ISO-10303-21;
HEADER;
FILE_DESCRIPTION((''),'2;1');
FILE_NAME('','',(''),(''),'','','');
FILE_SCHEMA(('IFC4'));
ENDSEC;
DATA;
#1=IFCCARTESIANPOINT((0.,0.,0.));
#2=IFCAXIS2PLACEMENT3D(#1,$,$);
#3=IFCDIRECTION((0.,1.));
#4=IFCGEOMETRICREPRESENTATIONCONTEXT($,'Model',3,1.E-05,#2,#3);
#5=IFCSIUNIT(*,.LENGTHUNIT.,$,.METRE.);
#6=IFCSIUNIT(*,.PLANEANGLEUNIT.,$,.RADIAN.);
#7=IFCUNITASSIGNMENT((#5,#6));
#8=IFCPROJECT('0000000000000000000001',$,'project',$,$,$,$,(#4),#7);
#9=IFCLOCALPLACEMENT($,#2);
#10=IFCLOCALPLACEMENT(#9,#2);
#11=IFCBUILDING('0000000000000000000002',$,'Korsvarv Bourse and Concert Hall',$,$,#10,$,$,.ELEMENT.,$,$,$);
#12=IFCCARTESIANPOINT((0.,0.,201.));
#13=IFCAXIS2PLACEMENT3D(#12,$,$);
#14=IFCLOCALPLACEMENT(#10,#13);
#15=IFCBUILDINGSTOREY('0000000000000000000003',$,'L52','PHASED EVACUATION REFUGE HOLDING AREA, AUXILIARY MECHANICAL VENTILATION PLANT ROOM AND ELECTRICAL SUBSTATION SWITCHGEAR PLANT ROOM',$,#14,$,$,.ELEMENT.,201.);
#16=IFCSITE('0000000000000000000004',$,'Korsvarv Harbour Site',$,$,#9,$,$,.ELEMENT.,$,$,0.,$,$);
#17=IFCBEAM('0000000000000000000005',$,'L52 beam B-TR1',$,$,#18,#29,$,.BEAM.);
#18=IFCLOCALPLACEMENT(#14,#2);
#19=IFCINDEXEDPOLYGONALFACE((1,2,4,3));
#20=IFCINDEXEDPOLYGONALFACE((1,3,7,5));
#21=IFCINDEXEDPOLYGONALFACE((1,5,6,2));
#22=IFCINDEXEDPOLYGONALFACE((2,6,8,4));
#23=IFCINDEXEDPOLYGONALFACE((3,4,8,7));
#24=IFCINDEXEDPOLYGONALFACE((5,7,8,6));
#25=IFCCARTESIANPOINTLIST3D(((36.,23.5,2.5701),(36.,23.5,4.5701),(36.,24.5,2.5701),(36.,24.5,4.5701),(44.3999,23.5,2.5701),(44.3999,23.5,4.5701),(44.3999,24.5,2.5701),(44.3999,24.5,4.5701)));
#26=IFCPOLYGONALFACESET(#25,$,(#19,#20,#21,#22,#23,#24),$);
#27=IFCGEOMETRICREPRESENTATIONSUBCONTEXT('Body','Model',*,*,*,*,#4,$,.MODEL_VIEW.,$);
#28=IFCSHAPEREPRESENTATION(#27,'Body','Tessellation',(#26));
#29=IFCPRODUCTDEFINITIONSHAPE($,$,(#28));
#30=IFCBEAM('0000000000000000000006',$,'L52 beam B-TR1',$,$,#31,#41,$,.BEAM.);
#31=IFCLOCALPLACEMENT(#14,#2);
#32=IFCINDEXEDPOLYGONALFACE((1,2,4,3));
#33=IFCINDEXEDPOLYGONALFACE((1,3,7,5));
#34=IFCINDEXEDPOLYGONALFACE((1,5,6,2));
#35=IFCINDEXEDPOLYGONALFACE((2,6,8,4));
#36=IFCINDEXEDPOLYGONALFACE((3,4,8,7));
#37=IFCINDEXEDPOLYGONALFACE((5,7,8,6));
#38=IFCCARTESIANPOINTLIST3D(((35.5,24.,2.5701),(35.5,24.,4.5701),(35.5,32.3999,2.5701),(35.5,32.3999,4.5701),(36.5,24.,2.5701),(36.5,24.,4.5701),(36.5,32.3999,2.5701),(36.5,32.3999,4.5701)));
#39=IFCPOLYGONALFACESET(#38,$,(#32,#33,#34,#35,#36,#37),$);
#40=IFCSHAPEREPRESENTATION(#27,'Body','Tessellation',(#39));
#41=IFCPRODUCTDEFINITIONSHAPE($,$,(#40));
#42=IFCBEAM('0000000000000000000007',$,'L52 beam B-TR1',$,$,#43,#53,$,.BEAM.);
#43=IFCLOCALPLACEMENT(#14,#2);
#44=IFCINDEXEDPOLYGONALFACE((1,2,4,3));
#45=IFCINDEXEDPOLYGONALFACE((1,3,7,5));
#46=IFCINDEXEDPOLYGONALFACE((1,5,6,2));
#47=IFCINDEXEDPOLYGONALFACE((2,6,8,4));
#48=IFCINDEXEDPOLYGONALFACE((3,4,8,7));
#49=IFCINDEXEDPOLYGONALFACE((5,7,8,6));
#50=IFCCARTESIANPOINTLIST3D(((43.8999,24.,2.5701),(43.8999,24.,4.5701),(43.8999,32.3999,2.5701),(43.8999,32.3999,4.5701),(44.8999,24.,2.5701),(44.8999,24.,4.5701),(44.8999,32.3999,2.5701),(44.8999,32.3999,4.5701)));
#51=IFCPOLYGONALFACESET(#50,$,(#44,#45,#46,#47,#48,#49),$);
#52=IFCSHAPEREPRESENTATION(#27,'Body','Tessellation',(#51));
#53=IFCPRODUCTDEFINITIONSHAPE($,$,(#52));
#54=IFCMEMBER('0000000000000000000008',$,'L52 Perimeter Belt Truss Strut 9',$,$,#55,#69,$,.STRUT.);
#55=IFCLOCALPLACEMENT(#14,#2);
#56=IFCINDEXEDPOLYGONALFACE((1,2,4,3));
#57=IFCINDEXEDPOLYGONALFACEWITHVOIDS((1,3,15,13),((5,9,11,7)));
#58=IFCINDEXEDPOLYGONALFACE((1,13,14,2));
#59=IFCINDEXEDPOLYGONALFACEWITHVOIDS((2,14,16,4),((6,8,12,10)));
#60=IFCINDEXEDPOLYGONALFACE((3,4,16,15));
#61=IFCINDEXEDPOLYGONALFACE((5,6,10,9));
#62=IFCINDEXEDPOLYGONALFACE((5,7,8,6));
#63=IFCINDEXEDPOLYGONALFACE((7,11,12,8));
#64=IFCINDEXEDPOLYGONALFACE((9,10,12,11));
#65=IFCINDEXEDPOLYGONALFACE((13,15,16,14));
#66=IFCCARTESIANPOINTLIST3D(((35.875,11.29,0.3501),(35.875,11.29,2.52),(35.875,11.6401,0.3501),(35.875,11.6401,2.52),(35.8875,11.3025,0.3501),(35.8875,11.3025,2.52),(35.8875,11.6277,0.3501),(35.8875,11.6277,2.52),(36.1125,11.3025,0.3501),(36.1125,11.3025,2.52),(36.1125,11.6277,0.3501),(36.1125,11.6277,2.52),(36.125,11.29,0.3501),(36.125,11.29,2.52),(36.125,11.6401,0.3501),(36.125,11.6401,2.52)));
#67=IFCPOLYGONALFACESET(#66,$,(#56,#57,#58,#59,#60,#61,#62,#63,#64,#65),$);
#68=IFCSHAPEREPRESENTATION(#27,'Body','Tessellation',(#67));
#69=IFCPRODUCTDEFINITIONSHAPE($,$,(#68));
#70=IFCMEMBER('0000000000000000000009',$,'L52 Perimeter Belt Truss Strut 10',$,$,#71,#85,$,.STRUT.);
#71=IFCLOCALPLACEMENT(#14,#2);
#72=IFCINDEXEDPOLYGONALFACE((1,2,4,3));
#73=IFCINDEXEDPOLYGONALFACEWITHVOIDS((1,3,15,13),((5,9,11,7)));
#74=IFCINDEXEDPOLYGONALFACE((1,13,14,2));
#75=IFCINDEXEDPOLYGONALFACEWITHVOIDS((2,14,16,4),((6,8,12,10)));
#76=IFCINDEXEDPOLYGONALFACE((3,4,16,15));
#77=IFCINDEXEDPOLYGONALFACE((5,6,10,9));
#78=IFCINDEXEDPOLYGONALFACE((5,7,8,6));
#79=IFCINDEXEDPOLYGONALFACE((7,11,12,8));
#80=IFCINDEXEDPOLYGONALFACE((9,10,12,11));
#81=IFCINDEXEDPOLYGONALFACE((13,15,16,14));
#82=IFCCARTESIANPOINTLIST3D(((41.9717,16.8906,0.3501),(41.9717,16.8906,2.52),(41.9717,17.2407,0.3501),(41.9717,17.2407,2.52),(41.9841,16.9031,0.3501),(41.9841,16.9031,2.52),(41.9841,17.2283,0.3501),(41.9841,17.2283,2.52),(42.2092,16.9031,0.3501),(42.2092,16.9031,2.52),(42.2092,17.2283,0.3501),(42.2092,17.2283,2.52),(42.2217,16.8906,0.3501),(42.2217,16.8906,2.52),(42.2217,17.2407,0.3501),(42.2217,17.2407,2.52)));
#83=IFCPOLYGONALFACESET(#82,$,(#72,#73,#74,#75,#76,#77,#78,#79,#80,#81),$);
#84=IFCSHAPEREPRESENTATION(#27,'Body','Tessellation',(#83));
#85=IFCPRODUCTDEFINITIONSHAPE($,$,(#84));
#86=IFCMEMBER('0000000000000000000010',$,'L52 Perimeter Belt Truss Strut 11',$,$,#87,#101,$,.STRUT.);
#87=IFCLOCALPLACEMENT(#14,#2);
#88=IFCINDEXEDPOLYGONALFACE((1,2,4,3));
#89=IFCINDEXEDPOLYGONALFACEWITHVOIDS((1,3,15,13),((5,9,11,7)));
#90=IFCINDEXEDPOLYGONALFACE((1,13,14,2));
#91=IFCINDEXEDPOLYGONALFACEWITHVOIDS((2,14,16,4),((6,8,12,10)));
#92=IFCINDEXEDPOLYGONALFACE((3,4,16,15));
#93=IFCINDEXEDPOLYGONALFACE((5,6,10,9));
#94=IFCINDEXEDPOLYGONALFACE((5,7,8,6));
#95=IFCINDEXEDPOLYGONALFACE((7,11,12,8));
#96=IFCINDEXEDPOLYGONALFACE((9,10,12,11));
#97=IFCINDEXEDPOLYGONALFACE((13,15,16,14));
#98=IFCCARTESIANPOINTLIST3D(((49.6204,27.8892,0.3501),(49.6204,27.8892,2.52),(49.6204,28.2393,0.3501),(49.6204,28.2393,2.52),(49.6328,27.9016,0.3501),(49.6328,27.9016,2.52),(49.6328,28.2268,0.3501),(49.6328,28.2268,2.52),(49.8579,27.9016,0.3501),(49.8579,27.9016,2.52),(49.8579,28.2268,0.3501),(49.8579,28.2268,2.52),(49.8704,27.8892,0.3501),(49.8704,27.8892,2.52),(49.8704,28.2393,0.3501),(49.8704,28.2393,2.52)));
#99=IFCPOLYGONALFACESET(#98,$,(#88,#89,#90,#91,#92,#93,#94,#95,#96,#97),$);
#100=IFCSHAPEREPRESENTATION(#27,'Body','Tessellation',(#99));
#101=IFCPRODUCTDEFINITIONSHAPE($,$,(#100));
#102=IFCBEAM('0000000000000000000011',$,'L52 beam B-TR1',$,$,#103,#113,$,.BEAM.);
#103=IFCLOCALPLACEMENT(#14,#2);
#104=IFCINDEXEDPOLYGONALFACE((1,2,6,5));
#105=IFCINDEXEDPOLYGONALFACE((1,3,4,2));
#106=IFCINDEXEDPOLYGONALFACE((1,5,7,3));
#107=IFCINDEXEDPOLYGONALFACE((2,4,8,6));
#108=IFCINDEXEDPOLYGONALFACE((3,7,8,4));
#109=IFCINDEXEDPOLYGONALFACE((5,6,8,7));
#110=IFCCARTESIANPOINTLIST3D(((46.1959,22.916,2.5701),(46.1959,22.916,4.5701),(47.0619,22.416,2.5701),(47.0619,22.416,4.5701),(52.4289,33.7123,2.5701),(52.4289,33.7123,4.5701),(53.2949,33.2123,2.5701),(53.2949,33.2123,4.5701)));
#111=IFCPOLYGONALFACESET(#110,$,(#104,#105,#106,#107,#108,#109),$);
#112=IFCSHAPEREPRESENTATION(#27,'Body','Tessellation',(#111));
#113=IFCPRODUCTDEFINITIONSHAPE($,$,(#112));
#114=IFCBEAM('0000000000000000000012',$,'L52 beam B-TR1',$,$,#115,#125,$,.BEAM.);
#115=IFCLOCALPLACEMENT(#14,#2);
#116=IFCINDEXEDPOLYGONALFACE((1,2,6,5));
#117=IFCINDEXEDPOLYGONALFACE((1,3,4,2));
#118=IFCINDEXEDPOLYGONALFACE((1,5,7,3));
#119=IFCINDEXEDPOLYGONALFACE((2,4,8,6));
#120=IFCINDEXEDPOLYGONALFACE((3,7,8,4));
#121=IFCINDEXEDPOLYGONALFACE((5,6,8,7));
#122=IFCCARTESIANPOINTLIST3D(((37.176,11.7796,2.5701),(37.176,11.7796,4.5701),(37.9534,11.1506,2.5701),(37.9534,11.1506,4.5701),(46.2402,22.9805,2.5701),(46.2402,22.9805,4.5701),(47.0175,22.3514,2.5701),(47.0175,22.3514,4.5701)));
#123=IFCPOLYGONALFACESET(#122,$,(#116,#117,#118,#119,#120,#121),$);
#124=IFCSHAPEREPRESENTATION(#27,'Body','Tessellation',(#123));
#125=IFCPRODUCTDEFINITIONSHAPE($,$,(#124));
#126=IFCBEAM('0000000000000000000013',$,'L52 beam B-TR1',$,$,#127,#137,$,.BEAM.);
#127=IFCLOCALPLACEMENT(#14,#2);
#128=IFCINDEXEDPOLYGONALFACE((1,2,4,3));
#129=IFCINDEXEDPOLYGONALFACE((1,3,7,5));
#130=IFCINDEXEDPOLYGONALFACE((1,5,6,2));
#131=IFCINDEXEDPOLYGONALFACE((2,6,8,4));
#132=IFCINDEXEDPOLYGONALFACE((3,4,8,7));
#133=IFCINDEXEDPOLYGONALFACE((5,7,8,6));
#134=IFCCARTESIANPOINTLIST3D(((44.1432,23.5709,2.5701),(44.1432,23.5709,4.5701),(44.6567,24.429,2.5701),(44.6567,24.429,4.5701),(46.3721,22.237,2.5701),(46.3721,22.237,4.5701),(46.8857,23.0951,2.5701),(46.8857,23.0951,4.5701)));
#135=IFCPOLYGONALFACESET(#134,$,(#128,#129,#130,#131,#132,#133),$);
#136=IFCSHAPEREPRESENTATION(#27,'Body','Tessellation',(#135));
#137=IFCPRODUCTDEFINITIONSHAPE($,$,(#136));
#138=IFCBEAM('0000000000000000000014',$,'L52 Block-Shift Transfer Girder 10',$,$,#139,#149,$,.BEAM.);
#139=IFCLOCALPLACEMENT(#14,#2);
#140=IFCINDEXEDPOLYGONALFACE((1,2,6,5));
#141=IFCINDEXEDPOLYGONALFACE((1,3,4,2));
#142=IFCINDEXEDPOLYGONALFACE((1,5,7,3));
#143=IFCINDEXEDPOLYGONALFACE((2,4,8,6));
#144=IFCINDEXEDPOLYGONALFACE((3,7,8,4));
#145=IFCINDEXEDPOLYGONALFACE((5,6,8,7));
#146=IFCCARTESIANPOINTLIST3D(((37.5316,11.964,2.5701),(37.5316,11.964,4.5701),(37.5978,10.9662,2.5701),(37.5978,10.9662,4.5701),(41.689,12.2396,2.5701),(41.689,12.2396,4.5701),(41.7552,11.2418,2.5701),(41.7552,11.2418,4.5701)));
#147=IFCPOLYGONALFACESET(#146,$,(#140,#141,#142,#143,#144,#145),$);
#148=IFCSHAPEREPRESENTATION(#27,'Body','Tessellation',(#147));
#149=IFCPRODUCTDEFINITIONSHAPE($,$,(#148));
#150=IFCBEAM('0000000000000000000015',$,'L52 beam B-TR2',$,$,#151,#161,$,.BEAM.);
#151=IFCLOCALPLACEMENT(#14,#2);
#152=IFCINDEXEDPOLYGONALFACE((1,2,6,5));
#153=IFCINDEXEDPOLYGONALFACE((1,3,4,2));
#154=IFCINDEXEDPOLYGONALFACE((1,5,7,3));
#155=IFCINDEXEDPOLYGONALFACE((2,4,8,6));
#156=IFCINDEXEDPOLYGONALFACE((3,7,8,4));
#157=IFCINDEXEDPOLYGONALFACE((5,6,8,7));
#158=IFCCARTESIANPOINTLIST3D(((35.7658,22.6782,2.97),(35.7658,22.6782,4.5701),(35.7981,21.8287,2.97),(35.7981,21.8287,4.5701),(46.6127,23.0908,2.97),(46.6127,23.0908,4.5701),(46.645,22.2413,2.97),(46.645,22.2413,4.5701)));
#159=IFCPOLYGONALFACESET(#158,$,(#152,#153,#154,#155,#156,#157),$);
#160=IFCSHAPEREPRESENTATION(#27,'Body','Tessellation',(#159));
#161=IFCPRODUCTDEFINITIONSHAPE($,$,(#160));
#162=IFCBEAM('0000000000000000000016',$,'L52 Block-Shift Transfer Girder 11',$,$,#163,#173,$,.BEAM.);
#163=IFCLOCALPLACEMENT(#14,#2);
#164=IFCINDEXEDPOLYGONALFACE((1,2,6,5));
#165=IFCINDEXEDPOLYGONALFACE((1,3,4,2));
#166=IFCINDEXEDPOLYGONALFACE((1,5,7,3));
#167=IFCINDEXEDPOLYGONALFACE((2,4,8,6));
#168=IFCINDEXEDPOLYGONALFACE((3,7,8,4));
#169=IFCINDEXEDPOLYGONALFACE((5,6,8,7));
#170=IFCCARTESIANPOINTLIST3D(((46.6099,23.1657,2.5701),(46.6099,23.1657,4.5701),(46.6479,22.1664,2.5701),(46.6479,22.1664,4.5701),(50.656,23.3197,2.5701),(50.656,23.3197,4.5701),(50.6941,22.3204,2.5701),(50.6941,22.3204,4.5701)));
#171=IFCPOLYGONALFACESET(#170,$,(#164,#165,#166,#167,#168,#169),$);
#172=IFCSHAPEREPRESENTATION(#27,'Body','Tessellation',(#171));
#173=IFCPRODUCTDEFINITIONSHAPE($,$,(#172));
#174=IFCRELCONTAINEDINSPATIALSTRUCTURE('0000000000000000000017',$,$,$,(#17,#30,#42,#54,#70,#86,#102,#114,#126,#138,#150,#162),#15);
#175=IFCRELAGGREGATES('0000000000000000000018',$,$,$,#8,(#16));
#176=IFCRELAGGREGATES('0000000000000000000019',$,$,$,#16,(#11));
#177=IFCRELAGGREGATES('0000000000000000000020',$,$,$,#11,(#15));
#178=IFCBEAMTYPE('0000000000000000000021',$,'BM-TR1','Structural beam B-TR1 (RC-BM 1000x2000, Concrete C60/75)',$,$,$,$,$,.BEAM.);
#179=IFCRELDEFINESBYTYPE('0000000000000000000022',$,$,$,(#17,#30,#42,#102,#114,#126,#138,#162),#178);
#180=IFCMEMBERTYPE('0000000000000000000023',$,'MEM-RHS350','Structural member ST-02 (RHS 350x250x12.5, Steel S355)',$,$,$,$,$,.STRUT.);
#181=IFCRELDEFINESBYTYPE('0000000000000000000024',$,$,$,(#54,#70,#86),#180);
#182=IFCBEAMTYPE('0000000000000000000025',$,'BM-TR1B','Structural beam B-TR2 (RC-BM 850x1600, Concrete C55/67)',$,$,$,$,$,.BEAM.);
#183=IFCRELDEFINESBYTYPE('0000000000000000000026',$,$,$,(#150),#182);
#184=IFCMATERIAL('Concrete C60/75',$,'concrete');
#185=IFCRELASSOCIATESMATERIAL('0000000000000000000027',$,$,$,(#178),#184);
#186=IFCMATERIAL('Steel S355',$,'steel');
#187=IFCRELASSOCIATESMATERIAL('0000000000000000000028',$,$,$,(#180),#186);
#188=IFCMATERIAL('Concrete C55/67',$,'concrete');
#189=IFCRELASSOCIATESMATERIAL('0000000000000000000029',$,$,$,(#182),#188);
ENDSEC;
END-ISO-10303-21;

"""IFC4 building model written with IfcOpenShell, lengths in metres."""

from ifc_helpers import new_model, si_unit, direction, frame, origin, origin_2d, place, context, subcontext, project, spatial, rectangle, hollow_rectangle, extrude, source, transform, mapped, material, material_profile, profile_set, type_object, element, save


model = new_model("IFC4")

# Units and contexts
model_context = context("Model", 3, precision=1e-05, world=origin(), true_north=direction((0.0, 1.0)))
body_context = subcontext(model_context, "Body", "Model", "MODEL_VIEW")
ifc_project = project(units=[si_unit("LENGTHUNIT", "METRE"), si_unit("PLANEANGLEUNIT", "RADIAN")], contexts=[model_context])

# Site, building, storey
site_placement = place(None, origin())
site = spatial("IfcSite", under=ifc_project, at=site_placement, Name="Korsvarv Harbour Site", CompositionType="ELEMENT", RefElevation=0.0)
building_placement = place(site_placement, origin())
building = spatial("IfcBuilding", under=site, at=building_placement, Name="Korsvarv Bourse and Concert Hall", CompositionType="ELEMENT")
storey_placement = place(building_placement, frame((0.0, 0.0, 201.0)))
storey = spatial("IfcBuildingStorey", under=building, at=storey_placement, Name="L52", Description="PHASED EVACUATION REFUGE HOLDING AREA, AUXILIARY MECHANICAL VENTILATION PLANT ROOM AND ELECTRICAL SUBSTATION SWITCHGEAR PLANT ROOM", CompositionType="ELEMENT", Elevation=201.0)

# Shared definitions
ifc_material_1 = material(Name="Steel S355", Category="steel")

# Beams
ifc_material_2 = material(Name="Concrete C60/75", Category="concrete")
ifc_material_profile_1 = material_profile(ifc_material_2, rectangle(XDim=1.0, YDim=2.0, at=origin_2d()), Name="RC-BM 1000x2000")
ifc_profile_set_1 = profile_set([ifc_material_profile_1], Name="Concrete C60/75")
beam_type_1 = type_object("IfcBeamType", Name="BM-TR1", Description="Structural beam B-TR1 (RC-BM 1000x2000, Concrete C60/75)", PredefinedType="BEAM", material=ifc_profile_set_1)
shared_shape_1 = source(origin(), body_context, "Body", "SweptSolid", [
    extrude(rectangle(XDim=1.0, YDim=2.0, at=origin_2d()), origin(), (0.0, 0.0, 1.0), 8.3999),
])
for number, where, z_axis, x_axis, name in (
    (1, (36.0, 24.0, 3.5701), (1.0, 0.0, 0.0), (0.0, 1.0, 0.0), "L52 beam B-TR1"),
    (2, (36.0, 24.0, 3.5701), (0.0, 1.0, 0.0), (-1.0, 0.0, 0.0), "L52 beam B-TR1"),
    (3, (44.3999, 24.0, 3.5701), (0.0, 1.0, 0.0), (-1.0, 0.0, 0.0), "L52 beam B-TR1"),
):
    element("IfcBeam", number, at=place(storey_placement, frame(where, z_axis=z_axis, x_axis=x_axis)), inside=storey, type_object=beam_type_1, Name=name, PredefinedType="BEAM", context=body_context, shape_type="MappedRepresentation", body=[
        mapped(shared_shape_1, transform((0.0, 0.0, 0.0), scale=1.0)),
    ])

# Members
ifc_material_profile_2 = material_profile(ifc_material_1, hollow_rectangle(XDim=0.25, YDim=0.3501, WallThickness=0.0125, at=origin_2d()), Name="RHS 350x250x12.5")
ifc_profile_set_2 = profile_set([ifc_material_profile_2], Name="Steel S355")
member_type_1 = type_object("IfcMemberType", Name="MEM-RHS350", Description="Structural member ST-02 (RHS 350x250x12.5, Steel S355)", PredefinedType="STRUT", material=ifc_profile_set_2)
shared_shape_2 = source(origin(), body_context, "Body", "SweptSolid", [
    extrude(hollow_rectangle(XDim=0.25, YDim=0.3501, WallThickness=0.0125, at=origin_2d()), origin(), (0.0, 0.0, 1.0), 2.1699),
])
for number, where, z_axis, x_axis, name in (
    (4, (36.0, 11.4651, 0.3501), (0.0, 0.0, 1.0), (1.0, 0.0, 0.0), "L52 Perimeter Belt Truss Strut 9"),
    (5, (42.0967, 17.0657, 0.3501), (0.0, 0.0, 1.0), (1.0, 0.0, 0.0), "L52 Perimeter Belt Truss Strut 10"),
    (6, (49.7454, 28.0642, 0.3501), (0.0, 0.0, 1.0), (1.0, 0.0, 0.0), "L52 Perimeter Belt Truss Strut 11"),
):
    element("IfcMember", number, at=place(storey_placement, frame(where, z_axis=z_axis, x_axis=x_axis)), inside=storey, type_object=member_type_1, Name=name, PredefinedType="STRUT", context=body_context, shape_type="MappedRepresentation", body=[
        mapped(shared_shape_2, transform((0.0, 0.0, 0.0), scale=1.0)),
    ])

# Beams
shared_shape_3 = source(origin(), body_context, "Body", "SweptSolid", [
    extrude(rectangle(XDim=1.0, YDim=2.0, at=origin_2d()), origin(), (0.0, 0.0, 1.0), 12.4663),
])
beam_1_placement = place(storey_placement, frame((46.6289, 22.666, 3.5701), z_axis=(0.499985, 0.866034, 0.0), x_axis=(-0.866034, 0.499985, 0.0)))
element("IfcBeam", 7, at=beam_1_placement, inside=storey, type_object=beam_type_1, Name="L52 beam B-TR1", PredefinedType="BEAM", context=body_context, shape_type="MappedRepresentation", body=[
    mapped(shared_shape_3, transform((0.0, 0.0, 0.0), scale=1.0)),
])
shared_shape_4 = source(origin(), body_context, "Body", "SweptSolid", [
    extrude(rectangle(XDim=1.0, YDim=2.0, at=origin_2d()), origin(), (0.0, 0.0, 1.0), 14.4089),
])
beam_2_placement = place(storey_placement, frame((37.5647, 11.4651, 3.5701), z_axis=(0.629064, 0.777354, 0.0), x_axis=(-0.777354, 0.629064, 0.0)))
element("IfcBeam", 8, at=beam_2_placement, inside=storey, type_object=beam_type_1, Name="L52 beam B-TR1", PredefinedType="BEAM", context=body_context, shape_type="MappedRepresentation", body=[
    mapped(shared_shape_4, transform((0.0, 0.0, 0.0), scale=1.0)),
])
shared_shape_5 = source(origin(), body_context, "Body", "SweptSolid", [
    extrude(rectangle(XDim=1.0, YDim=2.0, at=origin_2d()), origin(), (0.0, 0.0, 1.0), 2.5977),
])
beam_3_placement = place(storey_placement, frame((46.6289, 22.666, 3.5701), z_axis=(-0.858073, 0.513528, 0.0), x_axis=(-0.513528, -0.858073, 0.0)))
element("IfcBeam", 9, at=beam_3_placement, inside=storey, type_object=beam_type_1, Name="L52 beam B-TR1", PredefinedType="BEAM", context=body_context, shape_type="MappedRepresentation", body=[
    mapped(shared_shape_5, transform((0.0, 0.0, 0.0), scale=1.0)),
])
shared_shape_6 = source(origin(), body_context, "Body", "SweptSolid", [
    extrude(rectangle(XDim=1.0, YDim=2.0, at=origin_2d()), origin(), (0.0, 0.0, 1.0), 4.1665),
])
beam_4_placement = place(storey_placement, frame((37.5647, 11.4651, 3.5701), z_axis=(0.997809, 0.066153, 0.0), x_axis=(-0.066153, 0.997809, 0.0)))
element("IfcBeam", 10, at=beam_4_placement, inside=storey, type_object=beam_type_1, Name="L52 Block-Shift Transfer Girder 10", PredefinedType="BEAM", context=body_context, shape_type="MappedRepresentation", body=[
    mapped(shared_shape_6, transform((0.0, 0.0, 0.0), scale=1.0)),
])
ifc_material_3 = material(Name="Concrete C55/67", Category="concrete")
ifc_material_profile_3 = material_profile(ifc_material_3, rectangle(XDim=0.8501, YDim=1.6001, at=origin_2d()), Name="RC-BM 850x1600")
ifc_profile_set_3 = profile_set([ifc_material_profile_3], Name="Concrete C55/67")
beam_type_2 = type_object("IfcBeamType", Name="BM-TR1B", Description="Structural beam B-TR2 (RC-BM 850x1600, Concrete C55/67)", PredefinedType="BEAM", material=ifc_profile_set_3)
shared_shape_7 = source(origin(), body_context, "Body", "SweptSolid", [
    extrude(rectangle(XDim=0.8501, YDim=1.6001, at=origin_2d()), origin(), (0.0, 0.0, 1.0), 10.8547),
])
beam_5_placement = place(storey_placement, frame((35.782, 22.2534, 3.77), z_axis=(0.999277, 0.038011, 0.0), x_axis=(-0.038011, 0.999277, 0.0)))
element("IfcBeam", 11, at=beam_5_placement, inside=storey, type_object=beam_type_2, Name="L52 beam B-TR2", PredefinedType="BEAM", context=body_context, shape_type="MappedRepresentation", body=[
    mapped(shared_shape_7, transform((0.0, 0.0, 0.0), scale=1.0)),
])
shared_shape_8 = source(origin(), body_context, "Body", "SweptSolid", [
    extrude(rectangle(XDim=1.0, YDim=2.0, at=origin_2d()), origin(), (0.0, 0.0, 1.0), 4.0491),
])
beam_6_placement = place(storey_placement, frame((46.6289, 22.666, 3.5701), z_axis=(0.999276, 0.038046, 0.0), x_axis=(-0.038046, 0.999276, 0.0)))
element("IfcBeam", 12, at=beam_6_placement, inside=storey, type_object=beam_type_1, Name="L52 Block-Shift Transfer Girder 11", PredefinedType="BEAM", context=body_context, shape_type="MappedRepresentation", body=[
    mapped(shared_shape_8, transform((0.0, 0.0, 0.0), scale=1.0)),
])

save(model, "model.ifc")
